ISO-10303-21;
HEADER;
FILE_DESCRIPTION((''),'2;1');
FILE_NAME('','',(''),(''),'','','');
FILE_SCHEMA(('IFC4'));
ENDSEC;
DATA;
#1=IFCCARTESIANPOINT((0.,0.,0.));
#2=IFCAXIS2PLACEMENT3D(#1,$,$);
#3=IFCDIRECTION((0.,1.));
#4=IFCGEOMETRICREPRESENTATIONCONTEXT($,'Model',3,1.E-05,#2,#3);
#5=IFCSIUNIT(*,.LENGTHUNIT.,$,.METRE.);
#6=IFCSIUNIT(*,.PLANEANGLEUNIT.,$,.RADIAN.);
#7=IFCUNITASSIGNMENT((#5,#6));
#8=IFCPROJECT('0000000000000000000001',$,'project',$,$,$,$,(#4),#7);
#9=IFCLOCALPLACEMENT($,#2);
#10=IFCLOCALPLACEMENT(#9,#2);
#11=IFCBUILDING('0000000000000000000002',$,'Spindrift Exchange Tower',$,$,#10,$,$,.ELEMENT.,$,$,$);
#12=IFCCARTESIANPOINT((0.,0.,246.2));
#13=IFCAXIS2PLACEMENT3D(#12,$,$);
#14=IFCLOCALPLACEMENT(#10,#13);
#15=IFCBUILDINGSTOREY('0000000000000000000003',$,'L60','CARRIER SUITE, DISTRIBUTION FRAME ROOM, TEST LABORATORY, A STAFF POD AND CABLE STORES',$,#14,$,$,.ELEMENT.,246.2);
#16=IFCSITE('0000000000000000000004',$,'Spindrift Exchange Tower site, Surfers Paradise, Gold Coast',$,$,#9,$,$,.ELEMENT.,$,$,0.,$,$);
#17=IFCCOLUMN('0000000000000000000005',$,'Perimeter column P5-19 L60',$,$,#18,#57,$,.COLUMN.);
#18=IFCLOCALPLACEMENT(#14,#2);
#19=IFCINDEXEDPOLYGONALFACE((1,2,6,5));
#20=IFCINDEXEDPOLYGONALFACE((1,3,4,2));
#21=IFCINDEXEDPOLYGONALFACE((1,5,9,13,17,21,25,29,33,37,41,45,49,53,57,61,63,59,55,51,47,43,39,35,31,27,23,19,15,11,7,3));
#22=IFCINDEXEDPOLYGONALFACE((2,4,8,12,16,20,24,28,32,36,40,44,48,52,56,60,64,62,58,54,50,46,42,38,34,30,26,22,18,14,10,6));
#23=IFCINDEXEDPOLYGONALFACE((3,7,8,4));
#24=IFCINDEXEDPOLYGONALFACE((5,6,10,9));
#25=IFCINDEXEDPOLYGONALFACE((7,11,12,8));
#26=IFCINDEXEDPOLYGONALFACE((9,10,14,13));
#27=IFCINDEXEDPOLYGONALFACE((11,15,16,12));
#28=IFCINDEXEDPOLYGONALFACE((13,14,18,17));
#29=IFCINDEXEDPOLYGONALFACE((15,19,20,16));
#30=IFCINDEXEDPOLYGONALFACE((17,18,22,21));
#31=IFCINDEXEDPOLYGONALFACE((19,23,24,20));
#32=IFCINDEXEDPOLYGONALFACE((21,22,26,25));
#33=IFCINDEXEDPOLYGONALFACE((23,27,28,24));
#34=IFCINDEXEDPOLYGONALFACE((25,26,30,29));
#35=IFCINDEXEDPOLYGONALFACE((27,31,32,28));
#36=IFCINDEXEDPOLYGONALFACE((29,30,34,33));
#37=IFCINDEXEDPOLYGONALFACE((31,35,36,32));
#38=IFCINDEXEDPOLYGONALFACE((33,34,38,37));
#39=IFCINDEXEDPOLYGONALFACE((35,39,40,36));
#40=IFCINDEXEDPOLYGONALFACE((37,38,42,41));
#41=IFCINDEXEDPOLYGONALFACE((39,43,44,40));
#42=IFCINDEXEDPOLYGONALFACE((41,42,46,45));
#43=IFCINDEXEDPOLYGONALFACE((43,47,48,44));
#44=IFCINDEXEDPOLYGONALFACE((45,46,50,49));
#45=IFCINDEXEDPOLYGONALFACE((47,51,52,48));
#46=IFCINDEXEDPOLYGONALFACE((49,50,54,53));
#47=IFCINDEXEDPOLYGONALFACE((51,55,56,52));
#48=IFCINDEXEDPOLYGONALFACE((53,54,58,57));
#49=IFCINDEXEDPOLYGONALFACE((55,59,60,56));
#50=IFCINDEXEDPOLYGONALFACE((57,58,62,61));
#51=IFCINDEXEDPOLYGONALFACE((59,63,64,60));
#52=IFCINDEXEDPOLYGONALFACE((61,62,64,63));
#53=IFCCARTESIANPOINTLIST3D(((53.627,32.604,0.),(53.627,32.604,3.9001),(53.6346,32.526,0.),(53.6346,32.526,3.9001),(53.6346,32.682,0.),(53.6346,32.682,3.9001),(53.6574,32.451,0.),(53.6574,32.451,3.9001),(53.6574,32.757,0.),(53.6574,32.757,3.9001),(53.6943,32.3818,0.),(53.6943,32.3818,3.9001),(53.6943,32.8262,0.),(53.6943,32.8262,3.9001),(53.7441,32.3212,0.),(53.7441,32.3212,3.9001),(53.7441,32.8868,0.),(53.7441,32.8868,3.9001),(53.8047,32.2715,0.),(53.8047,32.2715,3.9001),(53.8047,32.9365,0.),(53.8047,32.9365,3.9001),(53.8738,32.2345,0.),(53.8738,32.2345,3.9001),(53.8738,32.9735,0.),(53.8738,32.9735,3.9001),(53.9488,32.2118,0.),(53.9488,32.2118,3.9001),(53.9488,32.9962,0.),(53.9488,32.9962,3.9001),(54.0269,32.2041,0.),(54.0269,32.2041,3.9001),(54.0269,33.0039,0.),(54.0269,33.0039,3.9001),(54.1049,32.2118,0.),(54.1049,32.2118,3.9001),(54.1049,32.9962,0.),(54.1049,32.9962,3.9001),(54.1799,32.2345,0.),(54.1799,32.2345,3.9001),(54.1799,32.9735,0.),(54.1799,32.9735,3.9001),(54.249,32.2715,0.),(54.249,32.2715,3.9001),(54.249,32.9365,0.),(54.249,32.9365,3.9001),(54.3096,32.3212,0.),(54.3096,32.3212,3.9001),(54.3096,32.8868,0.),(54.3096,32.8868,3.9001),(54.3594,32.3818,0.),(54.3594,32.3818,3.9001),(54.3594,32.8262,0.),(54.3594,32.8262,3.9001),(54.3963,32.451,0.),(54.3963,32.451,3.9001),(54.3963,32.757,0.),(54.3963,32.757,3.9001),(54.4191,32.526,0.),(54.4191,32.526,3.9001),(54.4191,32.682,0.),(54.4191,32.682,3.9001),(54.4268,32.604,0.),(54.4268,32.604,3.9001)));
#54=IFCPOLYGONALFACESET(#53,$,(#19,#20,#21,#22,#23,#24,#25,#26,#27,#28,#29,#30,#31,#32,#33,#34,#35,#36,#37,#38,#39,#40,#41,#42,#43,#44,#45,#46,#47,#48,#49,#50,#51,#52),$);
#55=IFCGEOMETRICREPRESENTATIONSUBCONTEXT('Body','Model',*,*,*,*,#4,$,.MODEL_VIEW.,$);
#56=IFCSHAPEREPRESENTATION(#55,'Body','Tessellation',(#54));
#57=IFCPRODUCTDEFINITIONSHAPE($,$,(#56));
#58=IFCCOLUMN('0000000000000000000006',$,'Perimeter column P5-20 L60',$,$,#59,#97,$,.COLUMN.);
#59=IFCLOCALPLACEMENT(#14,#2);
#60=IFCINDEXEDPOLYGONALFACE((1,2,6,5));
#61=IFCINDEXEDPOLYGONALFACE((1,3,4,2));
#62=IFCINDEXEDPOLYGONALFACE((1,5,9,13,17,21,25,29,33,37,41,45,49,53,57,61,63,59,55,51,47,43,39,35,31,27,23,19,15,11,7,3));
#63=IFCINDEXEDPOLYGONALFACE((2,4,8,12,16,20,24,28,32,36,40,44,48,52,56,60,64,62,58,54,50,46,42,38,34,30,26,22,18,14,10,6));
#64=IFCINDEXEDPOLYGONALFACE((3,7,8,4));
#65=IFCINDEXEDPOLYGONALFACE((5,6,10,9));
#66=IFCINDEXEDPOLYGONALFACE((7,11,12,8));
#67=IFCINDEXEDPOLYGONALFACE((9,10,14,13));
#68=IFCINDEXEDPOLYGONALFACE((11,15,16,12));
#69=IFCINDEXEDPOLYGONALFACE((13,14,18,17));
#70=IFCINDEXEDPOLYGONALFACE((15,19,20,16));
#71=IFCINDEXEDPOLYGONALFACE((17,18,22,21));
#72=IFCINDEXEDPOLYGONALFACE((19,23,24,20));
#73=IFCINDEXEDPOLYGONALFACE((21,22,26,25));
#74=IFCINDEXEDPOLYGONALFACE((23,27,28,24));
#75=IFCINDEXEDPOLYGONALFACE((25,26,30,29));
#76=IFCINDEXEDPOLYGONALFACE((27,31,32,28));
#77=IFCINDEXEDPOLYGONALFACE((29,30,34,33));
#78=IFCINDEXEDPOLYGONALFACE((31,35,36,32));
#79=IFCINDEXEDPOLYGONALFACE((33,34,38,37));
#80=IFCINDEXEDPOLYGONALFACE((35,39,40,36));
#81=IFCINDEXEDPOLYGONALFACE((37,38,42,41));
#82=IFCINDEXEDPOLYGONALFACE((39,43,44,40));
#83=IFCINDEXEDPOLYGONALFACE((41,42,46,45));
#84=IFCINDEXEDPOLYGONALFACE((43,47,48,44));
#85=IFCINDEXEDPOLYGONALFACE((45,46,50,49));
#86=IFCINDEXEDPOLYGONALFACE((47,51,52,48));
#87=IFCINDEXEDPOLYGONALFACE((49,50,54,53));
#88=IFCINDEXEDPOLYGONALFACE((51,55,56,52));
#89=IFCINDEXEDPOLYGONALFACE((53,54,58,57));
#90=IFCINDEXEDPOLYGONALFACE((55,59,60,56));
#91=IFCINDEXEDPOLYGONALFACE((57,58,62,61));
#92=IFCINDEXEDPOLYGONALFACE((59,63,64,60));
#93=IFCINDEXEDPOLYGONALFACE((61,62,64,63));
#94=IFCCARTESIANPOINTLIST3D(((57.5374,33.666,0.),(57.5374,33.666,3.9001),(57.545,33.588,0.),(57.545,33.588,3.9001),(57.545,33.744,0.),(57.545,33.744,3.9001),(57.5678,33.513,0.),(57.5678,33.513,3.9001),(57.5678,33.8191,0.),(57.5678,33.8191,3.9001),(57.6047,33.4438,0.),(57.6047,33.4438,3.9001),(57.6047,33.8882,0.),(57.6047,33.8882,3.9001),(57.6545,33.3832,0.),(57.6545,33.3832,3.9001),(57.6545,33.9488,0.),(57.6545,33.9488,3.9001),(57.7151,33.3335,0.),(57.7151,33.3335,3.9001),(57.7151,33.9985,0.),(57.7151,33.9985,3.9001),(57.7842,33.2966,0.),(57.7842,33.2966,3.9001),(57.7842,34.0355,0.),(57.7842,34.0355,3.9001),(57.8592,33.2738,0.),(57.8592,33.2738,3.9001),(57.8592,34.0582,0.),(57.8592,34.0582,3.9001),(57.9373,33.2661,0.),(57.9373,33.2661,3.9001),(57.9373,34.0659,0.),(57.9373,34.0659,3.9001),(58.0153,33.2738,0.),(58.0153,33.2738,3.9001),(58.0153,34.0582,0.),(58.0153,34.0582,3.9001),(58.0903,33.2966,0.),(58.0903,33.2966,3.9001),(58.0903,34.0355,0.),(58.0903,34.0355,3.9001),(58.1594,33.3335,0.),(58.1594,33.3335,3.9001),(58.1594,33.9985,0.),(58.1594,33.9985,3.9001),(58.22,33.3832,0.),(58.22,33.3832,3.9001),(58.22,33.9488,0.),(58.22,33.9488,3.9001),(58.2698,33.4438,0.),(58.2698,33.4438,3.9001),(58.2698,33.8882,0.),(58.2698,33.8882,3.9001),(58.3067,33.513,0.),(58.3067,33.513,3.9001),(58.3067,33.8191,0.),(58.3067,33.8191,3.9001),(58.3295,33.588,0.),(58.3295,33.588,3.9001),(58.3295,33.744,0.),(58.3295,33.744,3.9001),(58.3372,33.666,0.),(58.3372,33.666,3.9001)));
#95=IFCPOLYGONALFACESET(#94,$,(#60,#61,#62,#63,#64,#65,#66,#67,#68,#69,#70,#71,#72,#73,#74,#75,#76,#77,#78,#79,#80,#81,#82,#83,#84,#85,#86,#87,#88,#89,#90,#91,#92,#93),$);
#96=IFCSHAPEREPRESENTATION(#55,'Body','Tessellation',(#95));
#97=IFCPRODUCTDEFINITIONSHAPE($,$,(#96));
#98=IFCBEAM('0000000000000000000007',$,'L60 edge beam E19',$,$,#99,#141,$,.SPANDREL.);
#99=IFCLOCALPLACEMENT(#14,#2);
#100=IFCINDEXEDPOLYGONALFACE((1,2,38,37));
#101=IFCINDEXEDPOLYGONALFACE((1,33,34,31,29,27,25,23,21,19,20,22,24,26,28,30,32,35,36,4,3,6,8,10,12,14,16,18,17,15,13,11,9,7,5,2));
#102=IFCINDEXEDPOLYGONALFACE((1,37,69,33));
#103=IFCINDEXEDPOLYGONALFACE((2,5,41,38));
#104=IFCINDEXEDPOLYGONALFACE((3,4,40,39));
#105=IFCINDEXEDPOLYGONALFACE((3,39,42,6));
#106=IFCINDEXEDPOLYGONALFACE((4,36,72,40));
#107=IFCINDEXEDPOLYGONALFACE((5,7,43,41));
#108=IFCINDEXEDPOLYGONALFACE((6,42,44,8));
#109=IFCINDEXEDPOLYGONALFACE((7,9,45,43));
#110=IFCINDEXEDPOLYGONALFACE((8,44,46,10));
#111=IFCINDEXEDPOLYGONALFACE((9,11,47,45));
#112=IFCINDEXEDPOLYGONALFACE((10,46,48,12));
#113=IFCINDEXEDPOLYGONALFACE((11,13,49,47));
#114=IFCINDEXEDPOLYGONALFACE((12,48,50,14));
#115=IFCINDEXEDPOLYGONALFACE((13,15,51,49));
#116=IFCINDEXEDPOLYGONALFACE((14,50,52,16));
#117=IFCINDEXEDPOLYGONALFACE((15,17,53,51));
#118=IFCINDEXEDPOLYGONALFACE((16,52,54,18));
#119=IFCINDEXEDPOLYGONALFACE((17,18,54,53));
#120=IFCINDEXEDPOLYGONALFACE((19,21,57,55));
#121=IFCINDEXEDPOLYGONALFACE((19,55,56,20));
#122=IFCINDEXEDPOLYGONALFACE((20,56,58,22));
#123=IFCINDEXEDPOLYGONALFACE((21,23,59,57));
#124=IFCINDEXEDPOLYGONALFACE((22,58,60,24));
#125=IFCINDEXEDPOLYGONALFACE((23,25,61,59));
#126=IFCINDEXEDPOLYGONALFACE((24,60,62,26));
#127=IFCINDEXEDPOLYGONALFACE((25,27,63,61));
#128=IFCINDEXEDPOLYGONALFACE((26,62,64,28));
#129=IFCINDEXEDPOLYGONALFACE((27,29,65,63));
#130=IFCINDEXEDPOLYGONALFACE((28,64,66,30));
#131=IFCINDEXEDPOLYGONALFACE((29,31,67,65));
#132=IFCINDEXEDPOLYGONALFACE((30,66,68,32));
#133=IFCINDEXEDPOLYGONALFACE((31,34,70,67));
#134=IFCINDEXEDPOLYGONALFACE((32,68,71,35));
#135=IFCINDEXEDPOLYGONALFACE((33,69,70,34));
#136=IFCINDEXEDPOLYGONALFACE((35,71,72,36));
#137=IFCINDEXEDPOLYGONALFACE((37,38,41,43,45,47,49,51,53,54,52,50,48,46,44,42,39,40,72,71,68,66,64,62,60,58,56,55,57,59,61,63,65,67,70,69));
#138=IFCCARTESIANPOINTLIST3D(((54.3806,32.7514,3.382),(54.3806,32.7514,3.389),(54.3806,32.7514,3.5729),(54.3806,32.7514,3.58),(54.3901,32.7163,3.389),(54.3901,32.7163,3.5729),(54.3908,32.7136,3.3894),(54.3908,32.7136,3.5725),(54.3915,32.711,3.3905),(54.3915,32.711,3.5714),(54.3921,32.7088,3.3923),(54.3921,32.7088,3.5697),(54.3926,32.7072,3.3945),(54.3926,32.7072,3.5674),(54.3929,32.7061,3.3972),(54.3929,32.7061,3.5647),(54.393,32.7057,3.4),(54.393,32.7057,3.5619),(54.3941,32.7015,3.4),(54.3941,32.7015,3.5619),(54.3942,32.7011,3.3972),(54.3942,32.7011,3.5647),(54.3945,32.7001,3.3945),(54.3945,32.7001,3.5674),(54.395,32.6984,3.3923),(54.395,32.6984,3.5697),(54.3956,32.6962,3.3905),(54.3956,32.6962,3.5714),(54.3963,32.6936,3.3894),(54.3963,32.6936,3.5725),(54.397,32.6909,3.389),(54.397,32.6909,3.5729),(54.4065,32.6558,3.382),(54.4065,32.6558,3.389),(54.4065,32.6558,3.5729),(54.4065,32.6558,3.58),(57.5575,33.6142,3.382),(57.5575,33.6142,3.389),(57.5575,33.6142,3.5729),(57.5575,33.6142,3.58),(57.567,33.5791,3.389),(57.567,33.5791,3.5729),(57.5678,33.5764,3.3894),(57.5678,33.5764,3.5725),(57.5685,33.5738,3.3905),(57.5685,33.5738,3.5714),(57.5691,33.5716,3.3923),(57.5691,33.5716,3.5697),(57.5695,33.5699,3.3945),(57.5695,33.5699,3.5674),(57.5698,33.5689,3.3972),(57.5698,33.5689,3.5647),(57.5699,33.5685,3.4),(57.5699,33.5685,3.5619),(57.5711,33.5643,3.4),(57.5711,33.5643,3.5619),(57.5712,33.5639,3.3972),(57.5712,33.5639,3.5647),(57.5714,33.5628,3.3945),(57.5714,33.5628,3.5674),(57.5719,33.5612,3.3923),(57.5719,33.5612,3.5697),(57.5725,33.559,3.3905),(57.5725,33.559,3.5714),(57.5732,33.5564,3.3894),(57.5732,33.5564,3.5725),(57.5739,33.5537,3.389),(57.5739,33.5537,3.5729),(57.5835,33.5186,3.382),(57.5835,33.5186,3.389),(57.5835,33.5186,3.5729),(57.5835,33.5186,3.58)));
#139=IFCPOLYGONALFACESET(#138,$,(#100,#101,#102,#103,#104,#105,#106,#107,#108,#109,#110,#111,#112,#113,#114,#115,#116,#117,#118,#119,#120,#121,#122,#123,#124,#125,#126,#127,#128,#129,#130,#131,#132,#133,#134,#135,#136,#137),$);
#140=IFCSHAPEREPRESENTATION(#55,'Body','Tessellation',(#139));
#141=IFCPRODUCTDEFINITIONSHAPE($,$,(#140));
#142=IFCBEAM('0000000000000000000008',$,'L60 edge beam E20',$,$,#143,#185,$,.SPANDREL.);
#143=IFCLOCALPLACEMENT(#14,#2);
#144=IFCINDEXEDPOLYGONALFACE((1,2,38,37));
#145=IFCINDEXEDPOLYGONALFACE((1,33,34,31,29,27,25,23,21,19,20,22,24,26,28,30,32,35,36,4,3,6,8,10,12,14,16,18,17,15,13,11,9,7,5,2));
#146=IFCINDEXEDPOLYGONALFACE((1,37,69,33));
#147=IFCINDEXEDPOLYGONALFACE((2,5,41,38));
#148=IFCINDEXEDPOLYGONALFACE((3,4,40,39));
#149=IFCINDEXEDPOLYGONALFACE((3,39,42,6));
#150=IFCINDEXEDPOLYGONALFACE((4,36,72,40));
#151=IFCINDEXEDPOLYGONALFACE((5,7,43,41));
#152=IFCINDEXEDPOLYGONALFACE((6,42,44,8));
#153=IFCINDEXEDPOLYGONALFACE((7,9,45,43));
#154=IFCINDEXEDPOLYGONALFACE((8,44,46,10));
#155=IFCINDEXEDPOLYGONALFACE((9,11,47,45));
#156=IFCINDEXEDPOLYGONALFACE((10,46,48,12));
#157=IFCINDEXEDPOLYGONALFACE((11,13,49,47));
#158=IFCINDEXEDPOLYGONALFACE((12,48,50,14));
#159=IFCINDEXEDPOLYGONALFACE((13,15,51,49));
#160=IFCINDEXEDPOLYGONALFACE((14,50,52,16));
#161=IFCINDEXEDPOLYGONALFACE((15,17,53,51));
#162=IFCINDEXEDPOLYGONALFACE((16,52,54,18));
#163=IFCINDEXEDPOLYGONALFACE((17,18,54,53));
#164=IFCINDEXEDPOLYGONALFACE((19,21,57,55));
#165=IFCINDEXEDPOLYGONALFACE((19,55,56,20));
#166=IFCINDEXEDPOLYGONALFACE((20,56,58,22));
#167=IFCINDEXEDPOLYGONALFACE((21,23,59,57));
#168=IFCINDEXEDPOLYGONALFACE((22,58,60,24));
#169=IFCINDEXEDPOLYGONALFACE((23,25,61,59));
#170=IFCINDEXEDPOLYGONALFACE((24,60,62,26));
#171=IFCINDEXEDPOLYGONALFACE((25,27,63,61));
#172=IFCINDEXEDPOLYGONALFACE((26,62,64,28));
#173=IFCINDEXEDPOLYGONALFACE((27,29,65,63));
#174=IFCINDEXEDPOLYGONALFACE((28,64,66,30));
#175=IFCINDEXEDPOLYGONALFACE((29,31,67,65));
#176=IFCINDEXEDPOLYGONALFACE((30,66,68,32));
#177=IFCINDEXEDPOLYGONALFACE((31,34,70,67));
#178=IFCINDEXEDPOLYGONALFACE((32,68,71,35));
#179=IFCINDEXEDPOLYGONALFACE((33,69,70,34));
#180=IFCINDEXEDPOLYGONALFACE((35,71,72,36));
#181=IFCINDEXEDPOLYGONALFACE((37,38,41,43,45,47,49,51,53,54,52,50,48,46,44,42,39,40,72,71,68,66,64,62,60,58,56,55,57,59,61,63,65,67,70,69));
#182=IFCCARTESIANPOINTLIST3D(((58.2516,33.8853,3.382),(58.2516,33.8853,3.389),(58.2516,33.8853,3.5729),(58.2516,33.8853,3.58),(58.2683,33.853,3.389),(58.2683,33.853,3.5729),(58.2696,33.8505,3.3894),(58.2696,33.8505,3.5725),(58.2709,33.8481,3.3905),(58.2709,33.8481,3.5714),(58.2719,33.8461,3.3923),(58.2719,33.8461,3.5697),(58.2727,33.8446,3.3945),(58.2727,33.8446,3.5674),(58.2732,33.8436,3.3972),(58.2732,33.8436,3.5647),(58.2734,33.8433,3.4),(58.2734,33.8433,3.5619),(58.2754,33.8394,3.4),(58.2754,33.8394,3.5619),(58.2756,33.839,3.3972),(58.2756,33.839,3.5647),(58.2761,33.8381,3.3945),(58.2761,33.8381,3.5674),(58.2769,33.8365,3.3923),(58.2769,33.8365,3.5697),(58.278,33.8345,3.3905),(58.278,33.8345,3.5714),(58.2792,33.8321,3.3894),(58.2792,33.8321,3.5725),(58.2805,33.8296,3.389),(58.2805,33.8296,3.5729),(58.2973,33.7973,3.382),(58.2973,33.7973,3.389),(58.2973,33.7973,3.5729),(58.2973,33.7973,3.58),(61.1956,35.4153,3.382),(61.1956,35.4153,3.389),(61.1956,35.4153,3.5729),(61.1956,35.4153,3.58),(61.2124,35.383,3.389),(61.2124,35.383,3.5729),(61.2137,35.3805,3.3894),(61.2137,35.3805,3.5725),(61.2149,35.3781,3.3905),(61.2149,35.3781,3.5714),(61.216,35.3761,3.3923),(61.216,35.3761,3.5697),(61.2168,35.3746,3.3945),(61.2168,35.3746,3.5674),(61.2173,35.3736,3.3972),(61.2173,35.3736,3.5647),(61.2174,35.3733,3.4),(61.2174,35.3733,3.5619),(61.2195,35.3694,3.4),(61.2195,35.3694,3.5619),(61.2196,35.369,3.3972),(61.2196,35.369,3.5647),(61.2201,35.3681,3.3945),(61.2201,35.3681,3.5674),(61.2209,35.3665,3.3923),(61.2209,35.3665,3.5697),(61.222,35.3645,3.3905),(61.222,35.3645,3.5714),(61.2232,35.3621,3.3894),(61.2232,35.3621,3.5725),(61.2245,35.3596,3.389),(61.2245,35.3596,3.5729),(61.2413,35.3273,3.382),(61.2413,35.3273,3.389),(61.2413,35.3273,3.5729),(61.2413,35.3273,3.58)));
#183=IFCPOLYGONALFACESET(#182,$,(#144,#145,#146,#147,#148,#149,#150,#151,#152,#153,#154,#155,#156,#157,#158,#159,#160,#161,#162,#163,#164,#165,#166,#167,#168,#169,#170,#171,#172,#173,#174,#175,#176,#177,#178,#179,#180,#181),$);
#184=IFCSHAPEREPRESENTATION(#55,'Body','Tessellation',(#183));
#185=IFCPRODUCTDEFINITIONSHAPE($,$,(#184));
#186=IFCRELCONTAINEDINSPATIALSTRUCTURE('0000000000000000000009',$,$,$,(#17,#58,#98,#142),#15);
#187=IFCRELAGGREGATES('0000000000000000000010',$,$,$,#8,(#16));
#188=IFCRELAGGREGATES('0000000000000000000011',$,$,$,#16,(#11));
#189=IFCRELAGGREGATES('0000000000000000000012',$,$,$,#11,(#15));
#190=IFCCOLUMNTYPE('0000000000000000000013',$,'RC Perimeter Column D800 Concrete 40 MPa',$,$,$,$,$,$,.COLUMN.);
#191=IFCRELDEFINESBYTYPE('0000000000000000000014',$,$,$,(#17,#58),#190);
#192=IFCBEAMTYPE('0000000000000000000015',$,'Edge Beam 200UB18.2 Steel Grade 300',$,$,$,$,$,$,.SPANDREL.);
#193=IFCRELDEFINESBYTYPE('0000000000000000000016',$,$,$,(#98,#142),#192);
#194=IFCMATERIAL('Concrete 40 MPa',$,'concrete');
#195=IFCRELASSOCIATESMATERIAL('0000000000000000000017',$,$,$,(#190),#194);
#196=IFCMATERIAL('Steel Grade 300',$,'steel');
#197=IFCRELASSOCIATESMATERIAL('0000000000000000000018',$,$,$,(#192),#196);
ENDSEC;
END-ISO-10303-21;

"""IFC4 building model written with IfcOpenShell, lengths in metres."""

from ifc_helpers import new_model, si_unit, direction, frame, origin, origin_2d, place, context, subcontext, project, spatial, circle, i_section, extrude, source, transform, mapped, material, material_profile, profile_set, type_object, element, save


model = new_model("IFC4")

# Units and contexts
model_context = context("Model", 3, precision=1e-05, world=origin(), true_north=direction((0.0, 1.0)))
body_context = subcontext(model_context, "Body", "Model", "MODEL_VIEW")
ifc_project = project(units=[si_unit("LENGTHUNIT", "METRE"), si_unit("PLANEANGLEUNIT", "RADIAN")], contexts=[model_context])

# Site, building, storey
site_placement = place(None, origin())
site = spatial("IfcSite", under=ifc_project, at=site_placement, Name="Spindrift Exchange Tower site, Surfers Paradise, Gold Coast", CompositionType="ELEMENT", RefElevation=0.0)
building_placement = place(site_placement, origin())
building = spatial("IfcBuilding", under=site, at=building_placement, Name="Spindrift Exchange Tower", CompositionType="ELEMENT")
storey_placement = place(building_placement, frame((0.0, 0.0, 246.2)))
storey = spatial("IfcBuildingStorey", under=building, at=storey_placement, Name="L60", Description="CARRIER SUITE, DISTRIBUTION FRAME ROOM, TEST LABORATORY, A STAFF POD AND CABLE STORES", CompositionType="ELEMENT", Elevation=246.2)

# Columns
ifc_material_1 = material(Name="Concrete 40 MPa", Category="concrete")
ifc_material_profile_1 = material_profile(ifc_material_1, circle(Radius=0.3999, at=origin_2d()), Name="RC D800")
ifc_profile_set_1 = profile_set([ifc_material_profile_1], Name="Concrete 40 MPa")
column_type = type_object("IfcColumnType", Name="RC Perimeter Column D800 Concrete 40 MPa", PredefinedType="COLUMN", material=ifc_profile_set_1)
shared_shape_1 = source(origin(), body_context, "Body", "SweptSolid", [
    extrude(circle(Radius=0.3999, at=origin_2d()), origin(), (0.0, 0.0, 1.0), 3.9001),
])
for number, where, z_axis, x_axis, name in (
    (1, (54.0269, 32.604, 0.0), (0.0, 0.0, 1.0), (1.0, 0.0, 0.0), "Perimeter column P5-19 L60"),
    (2, (57.9373, 33.666, 0.0), (0.0, 0.0, 1.0), (1.0, 0.0, 0.0), "Perimeter column P5-20 L60"),
):
    element("IfcColumn", number, at=place(storey_placement, frame(where, z_axis=z_axis, x_axis=x_axis)), inside=storey, type_object=column_type, Name=name, PredefinedType="COLUMN", context=body_context, shape_type="MappedRepresentation", body=[
        mapped(shared_shape_1, transform((0.0, 0.0, 0.0), scale=1.0)),
    ])

# Beams
ifc_material_2 = material(Name="Steel Grade 300", Category="steel")
ifc_material_profile_2 = material_profile(ifc_material_2, i_section(OverallWidth=0.0991, OverallDepth=0.198, WebThickness=0.0044, FlangeThickness=0.0071, FilletRadius=0.011, at=origin_2d()), Name="200UB18.2")
ifc_profile_set_2 = profile_set([ifc_material_profile_2], Name="Steel Grade 300")
beam_type_1 = type_object("IfcBeamType", Name="Edge Beam 200UB18.2 Steel Grade 300", PredefinedType="SPANDREL", material=ifc_profile_set_2)
shared_shape_2 = source(origin(), body_context, "Body", "SweptSolid", [
    extrude(i_section(OverallWidth=0.0991, OverallDepth=0.198, WebThickness=0.0044, FlangeThickness=0.0071, FilletRadius=0.011, at=origin_2d()), origin(), (0.0, 0.0, 1.0), 3.292),
])
beam_1_placement = place(storey_placement, frame((54.3936, 32.7036, 3.481), z_axis=(0.965046, 0.262082, 0.0), x_axis=(-0.262082, 0.965046, 0.0)))
element("IfcBeam", 3, at=beam_1_placement, inside=storey, type_object=beam_type_1, Name="L60 edge beam E19", PredefinedType="SPANDREL", context=body_context, shape_type="MappedRepresentation", body=[
    mapped(shared_shape_2, transform((0.0, 0.0, 0.0), scale=1.0)),
])
shared_shape_3 = source(origin(), body_context, "Body", "SweptSolid", [
    extrude(i_section(OverallWidth=0.0991, OverallDepth=0.198, WebThickness=0.0044, FlangeThickness=0.0071, FilletRadius=0.011, at=origin_2d()), origin(), (0.0, 0.0, 1.0), 3.3179),
])
beam_2_placement = place(storey_placement, frame((58.2744, 33.8413, 3.481), z_axis=(0.887328, 0.46114, 0.0), x_axis=(-0.46114, 0.887328, 0.0)))
element("IfcBeam", 4, at=beam_2_placement, inside=storey, type_object=beam_type_1, Name="L60 edge beam E20", PredefinedType="SPANDREL", context=body_context, shape_type="MappedRepresentation", body=[
    mapped(shared_shape_3, transform((0.0, 0.0, 0.0), scale=1.0)),
])

save(model, "model.ifc")
